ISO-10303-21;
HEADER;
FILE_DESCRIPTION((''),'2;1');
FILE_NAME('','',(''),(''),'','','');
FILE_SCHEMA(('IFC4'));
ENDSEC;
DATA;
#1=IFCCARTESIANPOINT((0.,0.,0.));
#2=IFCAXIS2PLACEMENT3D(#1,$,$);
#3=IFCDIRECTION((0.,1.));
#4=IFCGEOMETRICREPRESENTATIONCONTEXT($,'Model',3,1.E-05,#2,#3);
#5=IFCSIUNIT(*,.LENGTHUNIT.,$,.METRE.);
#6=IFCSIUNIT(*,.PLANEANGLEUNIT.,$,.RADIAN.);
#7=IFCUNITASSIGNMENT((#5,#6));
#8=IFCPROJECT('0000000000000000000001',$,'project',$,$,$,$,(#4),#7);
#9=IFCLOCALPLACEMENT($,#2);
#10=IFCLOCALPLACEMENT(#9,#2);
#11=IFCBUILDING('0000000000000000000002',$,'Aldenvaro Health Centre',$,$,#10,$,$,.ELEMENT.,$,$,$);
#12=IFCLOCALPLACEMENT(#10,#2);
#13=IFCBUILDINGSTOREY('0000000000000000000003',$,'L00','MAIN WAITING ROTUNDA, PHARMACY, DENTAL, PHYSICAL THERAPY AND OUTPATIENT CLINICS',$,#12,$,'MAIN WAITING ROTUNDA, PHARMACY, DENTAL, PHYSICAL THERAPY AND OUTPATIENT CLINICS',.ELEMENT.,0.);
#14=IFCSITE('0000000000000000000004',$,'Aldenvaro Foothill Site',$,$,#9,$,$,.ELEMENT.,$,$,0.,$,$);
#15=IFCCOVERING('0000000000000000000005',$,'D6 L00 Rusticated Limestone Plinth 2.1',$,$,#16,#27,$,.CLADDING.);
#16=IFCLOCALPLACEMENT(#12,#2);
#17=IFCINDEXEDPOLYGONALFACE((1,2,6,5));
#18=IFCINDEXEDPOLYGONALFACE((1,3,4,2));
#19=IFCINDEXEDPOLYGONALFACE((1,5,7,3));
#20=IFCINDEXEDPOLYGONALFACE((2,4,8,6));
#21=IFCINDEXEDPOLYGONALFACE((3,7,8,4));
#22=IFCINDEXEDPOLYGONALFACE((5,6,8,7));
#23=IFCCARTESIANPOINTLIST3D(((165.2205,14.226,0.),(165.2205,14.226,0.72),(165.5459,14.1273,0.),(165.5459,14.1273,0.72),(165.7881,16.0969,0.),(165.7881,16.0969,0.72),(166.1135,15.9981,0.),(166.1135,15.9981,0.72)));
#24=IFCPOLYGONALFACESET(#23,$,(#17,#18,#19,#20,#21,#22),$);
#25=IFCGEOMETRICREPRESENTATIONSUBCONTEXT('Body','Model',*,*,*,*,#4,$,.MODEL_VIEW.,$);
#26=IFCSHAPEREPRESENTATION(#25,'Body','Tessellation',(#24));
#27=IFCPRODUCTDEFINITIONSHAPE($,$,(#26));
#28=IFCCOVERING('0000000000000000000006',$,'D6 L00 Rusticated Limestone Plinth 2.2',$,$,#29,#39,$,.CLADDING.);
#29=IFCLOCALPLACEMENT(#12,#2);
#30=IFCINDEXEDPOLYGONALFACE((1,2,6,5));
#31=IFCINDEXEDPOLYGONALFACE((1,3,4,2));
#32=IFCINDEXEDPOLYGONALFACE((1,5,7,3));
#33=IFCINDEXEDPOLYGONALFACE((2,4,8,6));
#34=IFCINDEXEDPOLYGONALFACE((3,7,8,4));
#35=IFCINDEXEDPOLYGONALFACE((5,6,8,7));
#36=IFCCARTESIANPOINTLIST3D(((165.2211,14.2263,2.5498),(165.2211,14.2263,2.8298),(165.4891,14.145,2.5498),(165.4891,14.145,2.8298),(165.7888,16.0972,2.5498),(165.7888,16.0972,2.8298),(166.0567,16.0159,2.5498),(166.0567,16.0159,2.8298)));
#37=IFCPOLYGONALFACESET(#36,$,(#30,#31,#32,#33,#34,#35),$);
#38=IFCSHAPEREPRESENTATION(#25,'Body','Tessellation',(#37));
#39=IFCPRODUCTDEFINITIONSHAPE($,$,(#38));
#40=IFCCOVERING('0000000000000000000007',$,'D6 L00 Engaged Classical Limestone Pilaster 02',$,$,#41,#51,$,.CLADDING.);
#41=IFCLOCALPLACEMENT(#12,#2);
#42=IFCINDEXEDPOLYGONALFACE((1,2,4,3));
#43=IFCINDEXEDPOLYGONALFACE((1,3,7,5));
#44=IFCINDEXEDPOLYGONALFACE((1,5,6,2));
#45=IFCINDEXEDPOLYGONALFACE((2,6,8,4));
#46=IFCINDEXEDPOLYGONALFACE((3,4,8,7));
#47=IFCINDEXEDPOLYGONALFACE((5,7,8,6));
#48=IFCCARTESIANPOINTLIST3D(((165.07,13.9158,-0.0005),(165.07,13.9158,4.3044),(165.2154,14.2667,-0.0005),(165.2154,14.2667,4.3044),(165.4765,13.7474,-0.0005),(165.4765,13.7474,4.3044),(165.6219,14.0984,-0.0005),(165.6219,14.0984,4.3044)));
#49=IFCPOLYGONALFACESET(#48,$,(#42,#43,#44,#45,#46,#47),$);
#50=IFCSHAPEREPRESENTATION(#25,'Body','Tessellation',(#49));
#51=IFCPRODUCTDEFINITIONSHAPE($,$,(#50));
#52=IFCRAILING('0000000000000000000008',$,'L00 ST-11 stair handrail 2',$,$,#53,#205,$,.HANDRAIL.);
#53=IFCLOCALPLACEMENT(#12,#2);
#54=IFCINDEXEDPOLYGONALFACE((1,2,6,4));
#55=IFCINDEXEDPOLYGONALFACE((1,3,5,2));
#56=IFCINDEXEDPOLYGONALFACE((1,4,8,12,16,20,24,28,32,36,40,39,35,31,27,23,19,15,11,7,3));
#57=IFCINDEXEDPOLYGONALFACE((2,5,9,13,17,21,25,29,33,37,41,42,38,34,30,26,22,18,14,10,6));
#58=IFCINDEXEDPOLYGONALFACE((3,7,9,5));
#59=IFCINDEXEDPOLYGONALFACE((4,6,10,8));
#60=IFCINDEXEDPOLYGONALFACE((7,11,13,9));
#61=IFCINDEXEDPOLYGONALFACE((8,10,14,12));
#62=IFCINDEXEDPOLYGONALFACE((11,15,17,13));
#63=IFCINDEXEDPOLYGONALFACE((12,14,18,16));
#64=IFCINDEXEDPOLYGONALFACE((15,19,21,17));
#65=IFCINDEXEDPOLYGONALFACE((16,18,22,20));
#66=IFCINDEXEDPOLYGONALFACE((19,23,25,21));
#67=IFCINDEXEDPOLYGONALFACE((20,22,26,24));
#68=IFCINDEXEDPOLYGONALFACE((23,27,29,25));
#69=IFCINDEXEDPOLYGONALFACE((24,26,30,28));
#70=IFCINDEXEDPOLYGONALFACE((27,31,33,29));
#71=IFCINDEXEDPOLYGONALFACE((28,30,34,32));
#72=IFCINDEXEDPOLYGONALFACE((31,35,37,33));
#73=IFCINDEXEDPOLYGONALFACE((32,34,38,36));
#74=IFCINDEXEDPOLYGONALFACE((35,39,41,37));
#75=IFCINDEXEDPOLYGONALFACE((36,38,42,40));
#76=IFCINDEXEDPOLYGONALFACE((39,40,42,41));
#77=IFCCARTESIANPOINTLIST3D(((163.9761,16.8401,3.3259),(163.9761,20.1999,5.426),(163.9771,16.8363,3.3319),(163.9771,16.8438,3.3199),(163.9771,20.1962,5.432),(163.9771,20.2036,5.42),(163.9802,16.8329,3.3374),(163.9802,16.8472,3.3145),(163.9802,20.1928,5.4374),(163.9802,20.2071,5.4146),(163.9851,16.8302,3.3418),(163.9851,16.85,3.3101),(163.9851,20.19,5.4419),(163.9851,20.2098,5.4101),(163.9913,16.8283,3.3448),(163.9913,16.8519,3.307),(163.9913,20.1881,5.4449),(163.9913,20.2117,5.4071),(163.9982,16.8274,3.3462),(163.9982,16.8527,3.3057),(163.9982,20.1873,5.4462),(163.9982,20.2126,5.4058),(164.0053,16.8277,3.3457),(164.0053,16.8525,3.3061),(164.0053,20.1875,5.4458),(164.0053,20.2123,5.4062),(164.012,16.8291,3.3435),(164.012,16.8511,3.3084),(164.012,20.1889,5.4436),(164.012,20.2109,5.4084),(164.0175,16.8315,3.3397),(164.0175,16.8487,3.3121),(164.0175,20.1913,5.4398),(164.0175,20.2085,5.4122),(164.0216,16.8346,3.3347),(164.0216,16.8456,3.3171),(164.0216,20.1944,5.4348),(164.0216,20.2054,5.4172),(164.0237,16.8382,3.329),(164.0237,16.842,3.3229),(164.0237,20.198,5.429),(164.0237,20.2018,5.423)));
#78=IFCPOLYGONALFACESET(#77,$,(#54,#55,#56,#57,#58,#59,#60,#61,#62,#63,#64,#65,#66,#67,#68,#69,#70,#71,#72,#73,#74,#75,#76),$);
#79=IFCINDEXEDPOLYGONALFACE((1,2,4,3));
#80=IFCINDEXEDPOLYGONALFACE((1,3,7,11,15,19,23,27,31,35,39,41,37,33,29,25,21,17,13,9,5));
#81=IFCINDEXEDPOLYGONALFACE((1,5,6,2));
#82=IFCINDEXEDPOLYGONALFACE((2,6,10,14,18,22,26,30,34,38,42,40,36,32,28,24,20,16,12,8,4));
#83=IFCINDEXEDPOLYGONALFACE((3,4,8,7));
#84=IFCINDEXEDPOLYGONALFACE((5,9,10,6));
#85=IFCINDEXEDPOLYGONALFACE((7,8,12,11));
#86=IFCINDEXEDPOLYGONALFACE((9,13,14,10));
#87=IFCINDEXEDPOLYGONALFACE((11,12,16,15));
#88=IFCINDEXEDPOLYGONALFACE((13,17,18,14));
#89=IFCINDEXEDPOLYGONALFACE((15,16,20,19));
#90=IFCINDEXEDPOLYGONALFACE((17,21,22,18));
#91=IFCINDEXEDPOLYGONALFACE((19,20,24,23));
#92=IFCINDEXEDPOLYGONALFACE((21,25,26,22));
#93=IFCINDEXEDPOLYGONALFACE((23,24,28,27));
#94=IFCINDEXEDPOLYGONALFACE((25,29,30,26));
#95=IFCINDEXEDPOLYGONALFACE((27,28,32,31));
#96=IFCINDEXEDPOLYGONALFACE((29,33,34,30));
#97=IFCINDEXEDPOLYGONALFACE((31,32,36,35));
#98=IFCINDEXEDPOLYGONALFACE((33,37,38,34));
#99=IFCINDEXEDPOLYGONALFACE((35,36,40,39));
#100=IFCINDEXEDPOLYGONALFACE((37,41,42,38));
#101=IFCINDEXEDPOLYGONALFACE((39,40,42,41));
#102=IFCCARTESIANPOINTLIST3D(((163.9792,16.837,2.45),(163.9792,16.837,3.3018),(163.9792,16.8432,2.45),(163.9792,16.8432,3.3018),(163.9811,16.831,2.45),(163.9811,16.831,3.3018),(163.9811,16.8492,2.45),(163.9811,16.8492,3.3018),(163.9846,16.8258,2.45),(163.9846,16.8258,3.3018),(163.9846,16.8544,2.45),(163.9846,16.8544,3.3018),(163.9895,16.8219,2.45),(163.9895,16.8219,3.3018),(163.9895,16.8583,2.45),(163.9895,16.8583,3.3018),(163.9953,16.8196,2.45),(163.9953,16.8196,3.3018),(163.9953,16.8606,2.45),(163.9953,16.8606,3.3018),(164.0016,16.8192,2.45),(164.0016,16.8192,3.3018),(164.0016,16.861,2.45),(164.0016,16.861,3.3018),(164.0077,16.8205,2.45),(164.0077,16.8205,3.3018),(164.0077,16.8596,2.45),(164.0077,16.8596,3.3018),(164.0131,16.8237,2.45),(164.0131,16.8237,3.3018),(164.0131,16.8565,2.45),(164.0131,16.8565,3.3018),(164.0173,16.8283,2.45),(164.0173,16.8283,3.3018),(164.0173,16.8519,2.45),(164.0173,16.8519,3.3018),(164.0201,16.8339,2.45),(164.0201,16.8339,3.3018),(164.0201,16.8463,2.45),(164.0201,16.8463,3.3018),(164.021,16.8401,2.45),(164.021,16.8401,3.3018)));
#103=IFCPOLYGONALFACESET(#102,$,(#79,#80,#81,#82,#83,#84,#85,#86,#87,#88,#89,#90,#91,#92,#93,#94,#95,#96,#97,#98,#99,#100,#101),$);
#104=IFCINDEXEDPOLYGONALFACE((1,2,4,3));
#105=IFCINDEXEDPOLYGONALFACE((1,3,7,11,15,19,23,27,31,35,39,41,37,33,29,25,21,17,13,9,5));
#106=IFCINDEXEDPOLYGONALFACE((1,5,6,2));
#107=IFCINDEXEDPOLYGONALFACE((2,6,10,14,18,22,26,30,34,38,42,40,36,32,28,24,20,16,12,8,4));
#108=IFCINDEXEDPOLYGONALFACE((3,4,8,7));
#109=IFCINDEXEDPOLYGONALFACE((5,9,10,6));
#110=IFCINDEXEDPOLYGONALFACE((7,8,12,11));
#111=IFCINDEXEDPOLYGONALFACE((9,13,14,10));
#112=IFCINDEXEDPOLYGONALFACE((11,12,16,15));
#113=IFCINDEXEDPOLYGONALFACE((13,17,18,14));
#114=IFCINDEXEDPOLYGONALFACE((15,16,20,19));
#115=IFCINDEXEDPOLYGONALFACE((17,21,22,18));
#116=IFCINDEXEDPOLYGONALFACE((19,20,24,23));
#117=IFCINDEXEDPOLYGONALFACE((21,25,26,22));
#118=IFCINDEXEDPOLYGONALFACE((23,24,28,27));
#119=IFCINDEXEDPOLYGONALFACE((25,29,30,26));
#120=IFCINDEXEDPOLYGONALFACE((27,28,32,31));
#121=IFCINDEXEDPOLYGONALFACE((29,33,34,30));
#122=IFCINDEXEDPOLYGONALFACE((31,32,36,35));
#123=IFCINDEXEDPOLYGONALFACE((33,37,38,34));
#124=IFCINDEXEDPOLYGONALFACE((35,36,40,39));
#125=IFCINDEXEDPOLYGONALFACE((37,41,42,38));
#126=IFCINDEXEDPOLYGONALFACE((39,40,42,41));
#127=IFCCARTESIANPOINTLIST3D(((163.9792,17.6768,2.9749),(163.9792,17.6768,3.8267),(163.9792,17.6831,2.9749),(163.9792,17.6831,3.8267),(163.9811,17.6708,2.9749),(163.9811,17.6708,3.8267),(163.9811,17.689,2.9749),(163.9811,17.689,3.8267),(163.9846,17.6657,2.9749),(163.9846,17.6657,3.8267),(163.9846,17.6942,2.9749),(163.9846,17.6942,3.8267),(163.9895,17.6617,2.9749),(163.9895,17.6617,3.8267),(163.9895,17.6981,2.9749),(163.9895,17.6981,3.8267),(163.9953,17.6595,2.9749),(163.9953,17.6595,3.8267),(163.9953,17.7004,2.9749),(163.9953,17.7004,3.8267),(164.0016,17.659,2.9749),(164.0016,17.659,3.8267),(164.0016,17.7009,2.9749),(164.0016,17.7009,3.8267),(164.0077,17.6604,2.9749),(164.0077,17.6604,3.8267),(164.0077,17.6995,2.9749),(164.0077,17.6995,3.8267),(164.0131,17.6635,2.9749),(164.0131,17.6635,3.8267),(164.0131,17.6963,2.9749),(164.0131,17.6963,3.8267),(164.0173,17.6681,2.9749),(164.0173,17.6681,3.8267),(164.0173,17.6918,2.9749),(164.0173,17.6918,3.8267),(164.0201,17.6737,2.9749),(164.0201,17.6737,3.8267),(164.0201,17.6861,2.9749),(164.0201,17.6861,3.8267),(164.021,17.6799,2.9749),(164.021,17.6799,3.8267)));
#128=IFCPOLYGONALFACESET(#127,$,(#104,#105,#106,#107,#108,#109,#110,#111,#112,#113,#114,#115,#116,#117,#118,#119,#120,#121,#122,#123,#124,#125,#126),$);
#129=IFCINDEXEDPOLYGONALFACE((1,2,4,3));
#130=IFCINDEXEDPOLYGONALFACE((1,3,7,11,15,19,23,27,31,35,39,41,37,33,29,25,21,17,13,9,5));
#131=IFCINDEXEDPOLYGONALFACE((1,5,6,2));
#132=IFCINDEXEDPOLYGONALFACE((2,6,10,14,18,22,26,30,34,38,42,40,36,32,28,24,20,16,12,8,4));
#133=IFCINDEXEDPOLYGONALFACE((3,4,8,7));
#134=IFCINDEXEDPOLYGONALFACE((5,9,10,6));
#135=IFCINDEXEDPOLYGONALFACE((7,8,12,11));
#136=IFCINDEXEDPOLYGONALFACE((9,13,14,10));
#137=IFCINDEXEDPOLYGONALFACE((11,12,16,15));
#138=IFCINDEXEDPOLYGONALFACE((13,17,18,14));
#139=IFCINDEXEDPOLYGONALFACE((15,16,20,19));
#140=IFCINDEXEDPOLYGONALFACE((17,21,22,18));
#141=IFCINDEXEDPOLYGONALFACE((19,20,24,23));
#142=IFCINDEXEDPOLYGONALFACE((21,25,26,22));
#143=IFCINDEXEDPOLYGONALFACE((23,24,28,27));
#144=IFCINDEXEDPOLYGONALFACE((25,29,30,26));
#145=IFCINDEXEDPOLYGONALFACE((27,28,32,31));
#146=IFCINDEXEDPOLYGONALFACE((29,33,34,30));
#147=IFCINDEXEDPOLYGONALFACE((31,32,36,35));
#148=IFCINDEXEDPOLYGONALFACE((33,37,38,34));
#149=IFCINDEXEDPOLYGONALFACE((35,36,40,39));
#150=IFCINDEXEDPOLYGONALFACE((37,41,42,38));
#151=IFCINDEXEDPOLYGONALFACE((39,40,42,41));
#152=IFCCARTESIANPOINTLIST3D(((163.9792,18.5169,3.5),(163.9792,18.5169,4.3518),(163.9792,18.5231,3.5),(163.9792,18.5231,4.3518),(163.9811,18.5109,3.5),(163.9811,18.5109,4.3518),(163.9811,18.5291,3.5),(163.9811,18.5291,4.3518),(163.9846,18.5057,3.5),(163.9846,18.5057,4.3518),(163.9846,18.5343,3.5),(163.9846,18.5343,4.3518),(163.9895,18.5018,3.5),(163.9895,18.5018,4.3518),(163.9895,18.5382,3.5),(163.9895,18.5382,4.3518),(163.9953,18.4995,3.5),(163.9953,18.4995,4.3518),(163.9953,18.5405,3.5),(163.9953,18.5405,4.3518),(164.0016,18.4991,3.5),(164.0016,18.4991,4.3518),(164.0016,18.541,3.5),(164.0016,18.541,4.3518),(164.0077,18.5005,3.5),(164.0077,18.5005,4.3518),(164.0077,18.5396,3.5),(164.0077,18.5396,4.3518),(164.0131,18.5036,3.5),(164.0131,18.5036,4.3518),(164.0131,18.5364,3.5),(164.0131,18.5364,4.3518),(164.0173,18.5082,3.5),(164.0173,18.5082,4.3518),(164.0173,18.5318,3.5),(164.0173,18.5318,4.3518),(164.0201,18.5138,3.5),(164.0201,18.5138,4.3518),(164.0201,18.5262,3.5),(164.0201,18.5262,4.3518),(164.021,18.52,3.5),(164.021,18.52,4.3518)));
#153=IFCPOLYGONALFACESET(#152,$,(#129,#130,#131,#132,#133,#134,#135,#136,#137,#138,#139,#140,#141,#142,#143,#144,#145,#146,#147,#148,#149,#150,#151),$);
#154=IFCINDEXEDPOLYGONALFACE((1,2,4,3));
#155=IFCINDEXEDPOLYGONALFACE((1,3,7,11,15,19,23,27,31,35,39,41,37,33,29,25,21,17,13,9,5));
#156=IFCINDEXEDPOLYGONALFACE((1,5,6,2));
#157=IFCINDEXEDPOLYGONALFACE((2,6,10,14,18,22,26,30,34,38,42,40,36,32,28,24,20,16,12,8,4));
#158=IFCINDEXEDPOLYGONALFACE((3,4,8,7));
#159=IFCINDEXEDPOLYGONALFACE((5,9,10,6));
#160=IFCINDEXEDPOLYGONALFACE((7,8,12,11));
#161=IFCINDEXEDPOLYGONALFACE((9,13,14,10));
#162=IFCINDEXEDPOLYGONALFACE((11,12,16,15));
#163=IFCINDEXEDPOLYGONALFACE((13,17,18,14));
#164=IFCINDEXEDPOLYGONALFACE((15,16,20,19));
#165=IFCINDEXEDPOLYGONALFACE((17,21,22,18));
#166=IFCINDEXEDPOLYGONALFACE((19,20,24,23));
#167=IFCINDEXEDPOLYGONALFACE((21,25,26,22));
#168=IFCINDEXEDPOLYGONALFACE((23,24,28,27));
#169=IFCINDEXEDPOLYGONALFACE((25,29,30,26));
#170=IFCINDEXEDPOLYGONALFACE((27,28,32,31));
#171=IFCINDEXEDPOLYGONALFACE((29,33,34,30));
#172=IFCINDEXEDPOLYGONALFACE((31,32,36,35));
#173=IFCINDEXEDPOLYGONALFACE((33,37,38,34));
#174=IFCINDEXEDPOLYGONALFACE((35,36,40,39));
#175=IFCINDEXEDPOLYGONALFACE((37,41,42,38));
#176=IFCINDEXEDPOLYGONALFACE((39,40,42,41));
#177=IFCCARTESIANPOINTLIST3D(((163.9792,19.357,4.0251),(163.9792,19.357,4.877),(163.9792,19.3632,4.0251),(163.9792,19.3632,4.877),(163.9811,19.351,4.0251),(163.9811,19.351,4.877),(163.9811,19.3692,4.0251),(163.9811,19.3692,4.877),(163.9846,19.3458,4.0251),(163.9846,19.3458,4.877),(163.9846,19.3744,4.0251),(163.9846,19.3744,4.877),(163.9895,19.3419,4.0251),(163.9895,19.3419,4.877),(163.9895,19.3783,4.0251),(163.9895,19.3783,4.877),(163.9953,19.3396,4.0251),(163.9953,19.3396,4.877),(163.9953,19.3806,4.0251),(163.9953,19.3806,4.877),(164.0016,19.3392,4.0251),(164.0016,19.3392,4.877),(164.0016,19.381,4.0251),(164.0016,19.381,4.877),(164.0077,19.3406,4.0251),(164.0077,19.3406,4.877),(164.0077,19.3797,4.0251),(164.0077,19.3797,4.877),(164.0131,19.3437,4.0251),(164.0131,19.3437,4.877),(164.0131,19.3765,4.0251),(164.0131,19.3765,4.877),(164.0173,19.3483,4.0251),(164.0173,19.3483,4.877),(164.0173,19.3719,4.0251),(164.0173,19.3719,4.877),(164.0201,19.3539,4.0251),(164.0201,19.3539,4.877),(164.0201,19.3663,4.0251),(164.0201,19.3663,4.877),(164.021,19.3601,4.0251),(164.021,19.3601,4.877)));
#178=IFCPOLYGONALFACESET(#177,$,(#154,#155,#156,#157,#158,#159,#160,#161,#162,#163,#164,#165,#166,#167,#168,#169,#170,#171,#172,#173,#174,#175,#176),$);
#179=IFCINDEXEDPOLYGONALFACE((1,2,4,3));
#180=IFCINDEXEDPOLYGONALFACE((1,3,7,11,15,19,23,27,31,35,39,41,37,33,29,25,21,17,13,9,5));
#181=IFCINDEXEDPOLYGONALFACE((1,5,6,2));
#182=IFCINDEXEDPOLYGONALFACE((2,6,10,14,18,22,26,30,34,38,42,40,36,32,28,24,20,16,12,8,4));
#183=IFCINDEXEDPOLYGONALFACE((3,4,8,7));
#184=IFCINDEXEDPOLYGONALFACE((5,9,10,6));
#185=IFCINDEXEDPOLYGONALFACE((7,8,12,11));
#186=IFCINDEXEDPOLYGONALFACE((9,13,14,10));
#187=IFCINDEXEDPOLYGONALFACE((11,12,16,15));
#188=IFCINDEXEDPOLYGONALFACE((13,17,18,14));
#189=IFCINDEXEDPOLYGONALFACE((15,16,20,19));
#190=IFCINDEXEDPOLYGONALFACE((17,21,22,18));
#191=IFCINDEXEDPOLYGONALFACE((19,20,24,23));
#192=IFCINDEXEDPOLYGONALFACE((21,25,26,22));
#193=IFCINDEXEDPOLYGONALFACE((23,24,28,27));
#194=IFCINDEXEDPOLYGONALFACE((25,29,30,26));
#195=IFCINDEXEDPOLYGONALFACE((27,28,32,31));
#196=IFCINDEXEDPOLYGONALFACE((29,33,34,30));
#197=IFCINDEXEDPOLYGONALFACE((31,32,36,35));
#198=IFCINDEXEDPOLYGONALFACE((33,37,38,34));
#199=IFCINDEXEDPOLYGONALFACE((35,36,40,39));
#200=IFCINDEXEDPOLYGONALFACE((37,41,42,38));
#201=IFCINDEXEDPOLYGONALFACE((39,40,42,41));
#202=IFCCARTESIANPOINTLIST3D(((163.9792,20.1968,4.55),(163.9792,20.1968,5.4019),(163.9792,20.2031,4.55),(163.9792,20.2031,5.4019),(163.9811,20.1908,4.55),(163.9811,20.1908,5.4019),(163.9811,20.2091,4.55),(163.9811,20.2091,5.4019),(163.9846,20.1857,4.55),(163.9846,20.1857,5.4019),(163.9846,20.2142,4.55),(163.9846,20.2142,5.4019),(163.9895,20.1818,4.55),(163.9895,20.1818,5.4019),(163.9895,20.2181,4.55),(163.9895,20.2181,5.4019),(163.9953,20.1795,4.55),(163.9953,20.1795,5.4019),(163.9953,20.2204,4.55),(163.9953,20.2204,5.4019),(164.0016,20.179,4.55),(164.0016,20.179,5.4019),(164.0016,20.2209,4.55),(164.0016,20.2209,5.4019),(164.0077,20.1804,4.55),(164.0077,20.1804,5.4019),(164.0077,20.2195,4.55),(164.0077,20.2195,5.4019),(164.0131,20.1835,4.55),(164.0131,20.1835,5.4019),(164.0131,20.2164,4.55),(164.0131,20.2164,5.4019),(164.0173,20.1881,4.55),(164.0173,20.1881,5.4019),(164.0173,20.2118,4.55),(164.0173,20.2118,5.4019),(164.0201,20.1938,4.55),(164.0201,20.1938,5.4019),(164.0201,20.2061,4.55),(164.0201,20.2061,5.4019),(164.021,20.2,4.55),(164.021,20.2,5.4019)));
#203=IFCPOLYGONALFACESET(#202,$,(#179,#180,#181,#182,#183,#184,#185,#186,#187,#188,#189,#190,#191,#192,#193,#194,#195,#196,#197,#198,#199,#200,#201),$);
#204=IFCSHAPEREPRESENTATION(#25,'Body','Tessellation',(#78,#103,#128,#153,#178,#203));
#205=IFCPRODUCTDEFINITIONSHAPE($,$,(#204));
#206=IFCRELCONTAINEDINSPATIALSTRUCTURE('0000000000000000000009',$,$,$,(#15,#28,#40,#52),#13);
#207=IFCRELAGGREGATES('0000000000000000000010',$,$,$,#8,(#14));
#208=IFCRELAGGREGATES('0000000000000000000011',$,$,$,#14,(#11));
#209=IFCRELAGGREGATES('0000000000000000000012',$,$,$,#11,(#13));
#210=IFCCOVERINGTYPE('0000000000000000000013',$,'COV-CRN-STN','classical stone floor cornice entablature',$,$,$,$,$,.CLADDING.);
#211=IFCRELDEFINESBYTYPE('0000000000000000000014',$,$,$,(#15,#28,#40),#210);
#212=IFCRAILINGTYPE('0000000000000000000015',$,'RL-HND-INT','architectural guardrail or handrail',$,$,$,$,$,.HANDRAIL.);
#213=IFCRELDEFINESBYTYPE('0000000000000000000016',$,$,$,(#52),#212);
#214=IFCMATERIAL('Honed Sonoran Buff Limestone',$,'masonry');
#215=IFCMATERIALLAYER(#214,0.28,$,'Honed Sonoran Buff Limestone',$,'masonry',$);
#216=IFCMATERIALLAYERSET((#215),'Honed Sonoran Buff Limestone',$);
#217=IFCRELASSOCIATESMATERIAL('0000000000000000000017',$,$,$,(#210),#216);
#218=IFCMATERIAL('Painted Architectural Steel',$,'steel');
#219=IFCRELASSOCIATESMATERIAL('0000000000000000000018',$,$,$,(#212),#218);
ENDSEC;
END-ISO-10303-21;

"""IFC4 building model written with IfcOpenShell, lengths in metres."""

from ifc_helpers import new_model, si_unit, direction, frame, origin, origin_2d, place, context, subcontext, project, spatial, rectangle, circle, extrude, material, layer, layer_set, type_object, element, save


model = new_model("IFC4")

# Units and contexts
model_context = context("Model", 3, precision=1e-05, world=origin(), true_north=direction((0.0, 1.0)))
body_context = subcontext(model_context, "Body", "Model", "MODEL_VIEW")
ifc_project = project(units=[si_unit("LENGTHUNIT", "METRE"), si_unit("PLANEANGLEUNIT", "RADIAN")], contexts=[model_context])

# Site, building, storey
site_placement = place(None, origin())
site = spatial("IfcSite", under=ifc_project, at=site_placement, Name="Aldenvaro Foothill Site", CompositionType="ELEMENT", RefElevation=0.0)
building_placement = place(site_placement, origin())
building = spatial("IfcBuilding", under=site, at=building_placement, Name="Aldenvaro Health Centre", CompositionType="ELEMENT")
storey_placement = place(building_placement, origin())
storey = spatial("IfcBuildingStorey", under=building, at=storey_placement, Name="L00", Description="MAIN WAITING ROTUNDA, PHARMACY, DENTAL, PHYSICAL THERAPY AND OUTPATIENT CLINICS", LongName="MAIN WAITING ROTUNDA, PHARMACY, DENTAL, PHYSICAL THERAPY AND OUTPATIENT CLINICS", CompositionType="ELEMENT", Elevation=0.0)

# Coverings
ifc_material_1 = material(Name="Honed Sonoran Buff Limestone", Category="masonry")
ifc_layer_1 = layer(ifc_material_1, 0.28, Name="Honed Sonoran Buff Limestone", Category="masonry")
ifc_layer_set_1 = layer_set([ifc_layer_1], Name="Honed Sonoran Buff Limestone")
covering_type = type_object("IfcCoveringType", Name="COV-CRN-STN", Description="classical stone floor cornice entablature", PredefinedType="CLADDING", material=ifc_layer_set_1)
covering_1_placement = place(storey_placement, frame((165.667, 15.1121, 0.0), z_axis=(0.0, 0.0, 1.0), x_axis=(-0.290343, -0.956923, 0.0)))
element("IfcCovering", 1, at=covering_1_placement, inside=storey, type_object=covering_type, Name="D6 L00 Rusticated Limestone Plinth 2.1", PredefinedType="CLADDING", context=body_context, shape_type="SweptSolid", body=[
    extrude(rectangle(XDim=1.9551, YDim=0.3401, at=origin_2d()), origin(), (0.0, 0.0, 1.0), 0.72),
])
covering_2_placement = place(storey_placement, frame((165.6389, 15.1211, 2.5498), z_axis=(0.0, 0.0, 1.0), x_axis=(-0.290343, -0.956923, 0.0)))
element("IfcCovering", 2, at=covering_2_placement, inside=storey, type_object=covering_type, Name="D6 L00 Rusticated Limestone Plinth 2.2", PredefinedType="CLADDING", context=body_context, shape_type="SweptSolid", body=[
    extrude(rectangle(XDim=1.9551, YDim=0.28, at=origin_2d()), origin(), (0.0, 0.0, 1.0), 0.28),
])
covering_3_placement = place(storey_placement, frame((165.3459, 14.0071, -0.0005), z_axis=(0.0, 0.0, 1.0), x_axis=(0.923864, -0.382721, 0.0)))
element("IfcCovering", 3, at=covering_3_placement, inside=storey, type_object=covering_type, Name="D6 L00 Engaged Classical Limestone Pilaster 02", PredefinedType="CLADDING", context=body_context, shape_type="SweptSolid", body=[
    extrude(rectangle(XDim=0.4399, YDim=0.3799, at=origin_2d()), origin(), (0.0, 0.0, 1.0), 4.3049),
])

# Railing
ifc_material_2 = material(Name="Painted Architectural Steel", Category="steel")
railing_type = type_object("IfcRailingType", Name="RL-HND-INT", Description="architectural guardrail or handrail", PredefinedType="HANDRAIL", material=ifc_material_2)
railing_placement = place(storey_placement, frame((164.0, 16.8401, 2.45)))
element("IfcRailing", 4, at=railing_placement, inside=storey, type_object=railing_type, Name="L00 ST-11 stair handrail 2", PredefinedType="HANDRAIL", context=body_context, shape_type="SweptSolid", body=[
    extrude(circle(Radius=0.0239, at=origin_2d()), frame((0.0, 0.0, 0.876), z_axis=(0.0, 0.847978, 0.530032), x_axis=(-1.0, 0.0, 0.0)), (0.0, 0.0, 1.0), 3.9622),
    extrude(circle(Radius=0.021, at=origin_2d()), origin(), (0.0, 0.0, 1.0), 0.8518),
    extrude(circle(Radius=0.021, at=origin_2d()), frame((0.0, 0.8398, 0.5249)), (0.0, 0.0, 1.0), 0.8518),
    extrude(circle(Radius=0.021, at=origin_2d()), frame((0.0, 1.6799, 1.05)), (0.0, 0.0, 1.0), 0.8518),
    extrude(circle(Radius=0.021, at=origin_2d()), frame((0.0, 2.52, 1.5752)), (0.0, 0.0, 1.0), 0.8518),
    extrude(circle(Radius=0.021, at=origin_2d()), frame((0.0, 3.3599, 2.1001)), (0.0, 0.0, 1.0), 0.8518),
])

save(model, "model.ifc")
